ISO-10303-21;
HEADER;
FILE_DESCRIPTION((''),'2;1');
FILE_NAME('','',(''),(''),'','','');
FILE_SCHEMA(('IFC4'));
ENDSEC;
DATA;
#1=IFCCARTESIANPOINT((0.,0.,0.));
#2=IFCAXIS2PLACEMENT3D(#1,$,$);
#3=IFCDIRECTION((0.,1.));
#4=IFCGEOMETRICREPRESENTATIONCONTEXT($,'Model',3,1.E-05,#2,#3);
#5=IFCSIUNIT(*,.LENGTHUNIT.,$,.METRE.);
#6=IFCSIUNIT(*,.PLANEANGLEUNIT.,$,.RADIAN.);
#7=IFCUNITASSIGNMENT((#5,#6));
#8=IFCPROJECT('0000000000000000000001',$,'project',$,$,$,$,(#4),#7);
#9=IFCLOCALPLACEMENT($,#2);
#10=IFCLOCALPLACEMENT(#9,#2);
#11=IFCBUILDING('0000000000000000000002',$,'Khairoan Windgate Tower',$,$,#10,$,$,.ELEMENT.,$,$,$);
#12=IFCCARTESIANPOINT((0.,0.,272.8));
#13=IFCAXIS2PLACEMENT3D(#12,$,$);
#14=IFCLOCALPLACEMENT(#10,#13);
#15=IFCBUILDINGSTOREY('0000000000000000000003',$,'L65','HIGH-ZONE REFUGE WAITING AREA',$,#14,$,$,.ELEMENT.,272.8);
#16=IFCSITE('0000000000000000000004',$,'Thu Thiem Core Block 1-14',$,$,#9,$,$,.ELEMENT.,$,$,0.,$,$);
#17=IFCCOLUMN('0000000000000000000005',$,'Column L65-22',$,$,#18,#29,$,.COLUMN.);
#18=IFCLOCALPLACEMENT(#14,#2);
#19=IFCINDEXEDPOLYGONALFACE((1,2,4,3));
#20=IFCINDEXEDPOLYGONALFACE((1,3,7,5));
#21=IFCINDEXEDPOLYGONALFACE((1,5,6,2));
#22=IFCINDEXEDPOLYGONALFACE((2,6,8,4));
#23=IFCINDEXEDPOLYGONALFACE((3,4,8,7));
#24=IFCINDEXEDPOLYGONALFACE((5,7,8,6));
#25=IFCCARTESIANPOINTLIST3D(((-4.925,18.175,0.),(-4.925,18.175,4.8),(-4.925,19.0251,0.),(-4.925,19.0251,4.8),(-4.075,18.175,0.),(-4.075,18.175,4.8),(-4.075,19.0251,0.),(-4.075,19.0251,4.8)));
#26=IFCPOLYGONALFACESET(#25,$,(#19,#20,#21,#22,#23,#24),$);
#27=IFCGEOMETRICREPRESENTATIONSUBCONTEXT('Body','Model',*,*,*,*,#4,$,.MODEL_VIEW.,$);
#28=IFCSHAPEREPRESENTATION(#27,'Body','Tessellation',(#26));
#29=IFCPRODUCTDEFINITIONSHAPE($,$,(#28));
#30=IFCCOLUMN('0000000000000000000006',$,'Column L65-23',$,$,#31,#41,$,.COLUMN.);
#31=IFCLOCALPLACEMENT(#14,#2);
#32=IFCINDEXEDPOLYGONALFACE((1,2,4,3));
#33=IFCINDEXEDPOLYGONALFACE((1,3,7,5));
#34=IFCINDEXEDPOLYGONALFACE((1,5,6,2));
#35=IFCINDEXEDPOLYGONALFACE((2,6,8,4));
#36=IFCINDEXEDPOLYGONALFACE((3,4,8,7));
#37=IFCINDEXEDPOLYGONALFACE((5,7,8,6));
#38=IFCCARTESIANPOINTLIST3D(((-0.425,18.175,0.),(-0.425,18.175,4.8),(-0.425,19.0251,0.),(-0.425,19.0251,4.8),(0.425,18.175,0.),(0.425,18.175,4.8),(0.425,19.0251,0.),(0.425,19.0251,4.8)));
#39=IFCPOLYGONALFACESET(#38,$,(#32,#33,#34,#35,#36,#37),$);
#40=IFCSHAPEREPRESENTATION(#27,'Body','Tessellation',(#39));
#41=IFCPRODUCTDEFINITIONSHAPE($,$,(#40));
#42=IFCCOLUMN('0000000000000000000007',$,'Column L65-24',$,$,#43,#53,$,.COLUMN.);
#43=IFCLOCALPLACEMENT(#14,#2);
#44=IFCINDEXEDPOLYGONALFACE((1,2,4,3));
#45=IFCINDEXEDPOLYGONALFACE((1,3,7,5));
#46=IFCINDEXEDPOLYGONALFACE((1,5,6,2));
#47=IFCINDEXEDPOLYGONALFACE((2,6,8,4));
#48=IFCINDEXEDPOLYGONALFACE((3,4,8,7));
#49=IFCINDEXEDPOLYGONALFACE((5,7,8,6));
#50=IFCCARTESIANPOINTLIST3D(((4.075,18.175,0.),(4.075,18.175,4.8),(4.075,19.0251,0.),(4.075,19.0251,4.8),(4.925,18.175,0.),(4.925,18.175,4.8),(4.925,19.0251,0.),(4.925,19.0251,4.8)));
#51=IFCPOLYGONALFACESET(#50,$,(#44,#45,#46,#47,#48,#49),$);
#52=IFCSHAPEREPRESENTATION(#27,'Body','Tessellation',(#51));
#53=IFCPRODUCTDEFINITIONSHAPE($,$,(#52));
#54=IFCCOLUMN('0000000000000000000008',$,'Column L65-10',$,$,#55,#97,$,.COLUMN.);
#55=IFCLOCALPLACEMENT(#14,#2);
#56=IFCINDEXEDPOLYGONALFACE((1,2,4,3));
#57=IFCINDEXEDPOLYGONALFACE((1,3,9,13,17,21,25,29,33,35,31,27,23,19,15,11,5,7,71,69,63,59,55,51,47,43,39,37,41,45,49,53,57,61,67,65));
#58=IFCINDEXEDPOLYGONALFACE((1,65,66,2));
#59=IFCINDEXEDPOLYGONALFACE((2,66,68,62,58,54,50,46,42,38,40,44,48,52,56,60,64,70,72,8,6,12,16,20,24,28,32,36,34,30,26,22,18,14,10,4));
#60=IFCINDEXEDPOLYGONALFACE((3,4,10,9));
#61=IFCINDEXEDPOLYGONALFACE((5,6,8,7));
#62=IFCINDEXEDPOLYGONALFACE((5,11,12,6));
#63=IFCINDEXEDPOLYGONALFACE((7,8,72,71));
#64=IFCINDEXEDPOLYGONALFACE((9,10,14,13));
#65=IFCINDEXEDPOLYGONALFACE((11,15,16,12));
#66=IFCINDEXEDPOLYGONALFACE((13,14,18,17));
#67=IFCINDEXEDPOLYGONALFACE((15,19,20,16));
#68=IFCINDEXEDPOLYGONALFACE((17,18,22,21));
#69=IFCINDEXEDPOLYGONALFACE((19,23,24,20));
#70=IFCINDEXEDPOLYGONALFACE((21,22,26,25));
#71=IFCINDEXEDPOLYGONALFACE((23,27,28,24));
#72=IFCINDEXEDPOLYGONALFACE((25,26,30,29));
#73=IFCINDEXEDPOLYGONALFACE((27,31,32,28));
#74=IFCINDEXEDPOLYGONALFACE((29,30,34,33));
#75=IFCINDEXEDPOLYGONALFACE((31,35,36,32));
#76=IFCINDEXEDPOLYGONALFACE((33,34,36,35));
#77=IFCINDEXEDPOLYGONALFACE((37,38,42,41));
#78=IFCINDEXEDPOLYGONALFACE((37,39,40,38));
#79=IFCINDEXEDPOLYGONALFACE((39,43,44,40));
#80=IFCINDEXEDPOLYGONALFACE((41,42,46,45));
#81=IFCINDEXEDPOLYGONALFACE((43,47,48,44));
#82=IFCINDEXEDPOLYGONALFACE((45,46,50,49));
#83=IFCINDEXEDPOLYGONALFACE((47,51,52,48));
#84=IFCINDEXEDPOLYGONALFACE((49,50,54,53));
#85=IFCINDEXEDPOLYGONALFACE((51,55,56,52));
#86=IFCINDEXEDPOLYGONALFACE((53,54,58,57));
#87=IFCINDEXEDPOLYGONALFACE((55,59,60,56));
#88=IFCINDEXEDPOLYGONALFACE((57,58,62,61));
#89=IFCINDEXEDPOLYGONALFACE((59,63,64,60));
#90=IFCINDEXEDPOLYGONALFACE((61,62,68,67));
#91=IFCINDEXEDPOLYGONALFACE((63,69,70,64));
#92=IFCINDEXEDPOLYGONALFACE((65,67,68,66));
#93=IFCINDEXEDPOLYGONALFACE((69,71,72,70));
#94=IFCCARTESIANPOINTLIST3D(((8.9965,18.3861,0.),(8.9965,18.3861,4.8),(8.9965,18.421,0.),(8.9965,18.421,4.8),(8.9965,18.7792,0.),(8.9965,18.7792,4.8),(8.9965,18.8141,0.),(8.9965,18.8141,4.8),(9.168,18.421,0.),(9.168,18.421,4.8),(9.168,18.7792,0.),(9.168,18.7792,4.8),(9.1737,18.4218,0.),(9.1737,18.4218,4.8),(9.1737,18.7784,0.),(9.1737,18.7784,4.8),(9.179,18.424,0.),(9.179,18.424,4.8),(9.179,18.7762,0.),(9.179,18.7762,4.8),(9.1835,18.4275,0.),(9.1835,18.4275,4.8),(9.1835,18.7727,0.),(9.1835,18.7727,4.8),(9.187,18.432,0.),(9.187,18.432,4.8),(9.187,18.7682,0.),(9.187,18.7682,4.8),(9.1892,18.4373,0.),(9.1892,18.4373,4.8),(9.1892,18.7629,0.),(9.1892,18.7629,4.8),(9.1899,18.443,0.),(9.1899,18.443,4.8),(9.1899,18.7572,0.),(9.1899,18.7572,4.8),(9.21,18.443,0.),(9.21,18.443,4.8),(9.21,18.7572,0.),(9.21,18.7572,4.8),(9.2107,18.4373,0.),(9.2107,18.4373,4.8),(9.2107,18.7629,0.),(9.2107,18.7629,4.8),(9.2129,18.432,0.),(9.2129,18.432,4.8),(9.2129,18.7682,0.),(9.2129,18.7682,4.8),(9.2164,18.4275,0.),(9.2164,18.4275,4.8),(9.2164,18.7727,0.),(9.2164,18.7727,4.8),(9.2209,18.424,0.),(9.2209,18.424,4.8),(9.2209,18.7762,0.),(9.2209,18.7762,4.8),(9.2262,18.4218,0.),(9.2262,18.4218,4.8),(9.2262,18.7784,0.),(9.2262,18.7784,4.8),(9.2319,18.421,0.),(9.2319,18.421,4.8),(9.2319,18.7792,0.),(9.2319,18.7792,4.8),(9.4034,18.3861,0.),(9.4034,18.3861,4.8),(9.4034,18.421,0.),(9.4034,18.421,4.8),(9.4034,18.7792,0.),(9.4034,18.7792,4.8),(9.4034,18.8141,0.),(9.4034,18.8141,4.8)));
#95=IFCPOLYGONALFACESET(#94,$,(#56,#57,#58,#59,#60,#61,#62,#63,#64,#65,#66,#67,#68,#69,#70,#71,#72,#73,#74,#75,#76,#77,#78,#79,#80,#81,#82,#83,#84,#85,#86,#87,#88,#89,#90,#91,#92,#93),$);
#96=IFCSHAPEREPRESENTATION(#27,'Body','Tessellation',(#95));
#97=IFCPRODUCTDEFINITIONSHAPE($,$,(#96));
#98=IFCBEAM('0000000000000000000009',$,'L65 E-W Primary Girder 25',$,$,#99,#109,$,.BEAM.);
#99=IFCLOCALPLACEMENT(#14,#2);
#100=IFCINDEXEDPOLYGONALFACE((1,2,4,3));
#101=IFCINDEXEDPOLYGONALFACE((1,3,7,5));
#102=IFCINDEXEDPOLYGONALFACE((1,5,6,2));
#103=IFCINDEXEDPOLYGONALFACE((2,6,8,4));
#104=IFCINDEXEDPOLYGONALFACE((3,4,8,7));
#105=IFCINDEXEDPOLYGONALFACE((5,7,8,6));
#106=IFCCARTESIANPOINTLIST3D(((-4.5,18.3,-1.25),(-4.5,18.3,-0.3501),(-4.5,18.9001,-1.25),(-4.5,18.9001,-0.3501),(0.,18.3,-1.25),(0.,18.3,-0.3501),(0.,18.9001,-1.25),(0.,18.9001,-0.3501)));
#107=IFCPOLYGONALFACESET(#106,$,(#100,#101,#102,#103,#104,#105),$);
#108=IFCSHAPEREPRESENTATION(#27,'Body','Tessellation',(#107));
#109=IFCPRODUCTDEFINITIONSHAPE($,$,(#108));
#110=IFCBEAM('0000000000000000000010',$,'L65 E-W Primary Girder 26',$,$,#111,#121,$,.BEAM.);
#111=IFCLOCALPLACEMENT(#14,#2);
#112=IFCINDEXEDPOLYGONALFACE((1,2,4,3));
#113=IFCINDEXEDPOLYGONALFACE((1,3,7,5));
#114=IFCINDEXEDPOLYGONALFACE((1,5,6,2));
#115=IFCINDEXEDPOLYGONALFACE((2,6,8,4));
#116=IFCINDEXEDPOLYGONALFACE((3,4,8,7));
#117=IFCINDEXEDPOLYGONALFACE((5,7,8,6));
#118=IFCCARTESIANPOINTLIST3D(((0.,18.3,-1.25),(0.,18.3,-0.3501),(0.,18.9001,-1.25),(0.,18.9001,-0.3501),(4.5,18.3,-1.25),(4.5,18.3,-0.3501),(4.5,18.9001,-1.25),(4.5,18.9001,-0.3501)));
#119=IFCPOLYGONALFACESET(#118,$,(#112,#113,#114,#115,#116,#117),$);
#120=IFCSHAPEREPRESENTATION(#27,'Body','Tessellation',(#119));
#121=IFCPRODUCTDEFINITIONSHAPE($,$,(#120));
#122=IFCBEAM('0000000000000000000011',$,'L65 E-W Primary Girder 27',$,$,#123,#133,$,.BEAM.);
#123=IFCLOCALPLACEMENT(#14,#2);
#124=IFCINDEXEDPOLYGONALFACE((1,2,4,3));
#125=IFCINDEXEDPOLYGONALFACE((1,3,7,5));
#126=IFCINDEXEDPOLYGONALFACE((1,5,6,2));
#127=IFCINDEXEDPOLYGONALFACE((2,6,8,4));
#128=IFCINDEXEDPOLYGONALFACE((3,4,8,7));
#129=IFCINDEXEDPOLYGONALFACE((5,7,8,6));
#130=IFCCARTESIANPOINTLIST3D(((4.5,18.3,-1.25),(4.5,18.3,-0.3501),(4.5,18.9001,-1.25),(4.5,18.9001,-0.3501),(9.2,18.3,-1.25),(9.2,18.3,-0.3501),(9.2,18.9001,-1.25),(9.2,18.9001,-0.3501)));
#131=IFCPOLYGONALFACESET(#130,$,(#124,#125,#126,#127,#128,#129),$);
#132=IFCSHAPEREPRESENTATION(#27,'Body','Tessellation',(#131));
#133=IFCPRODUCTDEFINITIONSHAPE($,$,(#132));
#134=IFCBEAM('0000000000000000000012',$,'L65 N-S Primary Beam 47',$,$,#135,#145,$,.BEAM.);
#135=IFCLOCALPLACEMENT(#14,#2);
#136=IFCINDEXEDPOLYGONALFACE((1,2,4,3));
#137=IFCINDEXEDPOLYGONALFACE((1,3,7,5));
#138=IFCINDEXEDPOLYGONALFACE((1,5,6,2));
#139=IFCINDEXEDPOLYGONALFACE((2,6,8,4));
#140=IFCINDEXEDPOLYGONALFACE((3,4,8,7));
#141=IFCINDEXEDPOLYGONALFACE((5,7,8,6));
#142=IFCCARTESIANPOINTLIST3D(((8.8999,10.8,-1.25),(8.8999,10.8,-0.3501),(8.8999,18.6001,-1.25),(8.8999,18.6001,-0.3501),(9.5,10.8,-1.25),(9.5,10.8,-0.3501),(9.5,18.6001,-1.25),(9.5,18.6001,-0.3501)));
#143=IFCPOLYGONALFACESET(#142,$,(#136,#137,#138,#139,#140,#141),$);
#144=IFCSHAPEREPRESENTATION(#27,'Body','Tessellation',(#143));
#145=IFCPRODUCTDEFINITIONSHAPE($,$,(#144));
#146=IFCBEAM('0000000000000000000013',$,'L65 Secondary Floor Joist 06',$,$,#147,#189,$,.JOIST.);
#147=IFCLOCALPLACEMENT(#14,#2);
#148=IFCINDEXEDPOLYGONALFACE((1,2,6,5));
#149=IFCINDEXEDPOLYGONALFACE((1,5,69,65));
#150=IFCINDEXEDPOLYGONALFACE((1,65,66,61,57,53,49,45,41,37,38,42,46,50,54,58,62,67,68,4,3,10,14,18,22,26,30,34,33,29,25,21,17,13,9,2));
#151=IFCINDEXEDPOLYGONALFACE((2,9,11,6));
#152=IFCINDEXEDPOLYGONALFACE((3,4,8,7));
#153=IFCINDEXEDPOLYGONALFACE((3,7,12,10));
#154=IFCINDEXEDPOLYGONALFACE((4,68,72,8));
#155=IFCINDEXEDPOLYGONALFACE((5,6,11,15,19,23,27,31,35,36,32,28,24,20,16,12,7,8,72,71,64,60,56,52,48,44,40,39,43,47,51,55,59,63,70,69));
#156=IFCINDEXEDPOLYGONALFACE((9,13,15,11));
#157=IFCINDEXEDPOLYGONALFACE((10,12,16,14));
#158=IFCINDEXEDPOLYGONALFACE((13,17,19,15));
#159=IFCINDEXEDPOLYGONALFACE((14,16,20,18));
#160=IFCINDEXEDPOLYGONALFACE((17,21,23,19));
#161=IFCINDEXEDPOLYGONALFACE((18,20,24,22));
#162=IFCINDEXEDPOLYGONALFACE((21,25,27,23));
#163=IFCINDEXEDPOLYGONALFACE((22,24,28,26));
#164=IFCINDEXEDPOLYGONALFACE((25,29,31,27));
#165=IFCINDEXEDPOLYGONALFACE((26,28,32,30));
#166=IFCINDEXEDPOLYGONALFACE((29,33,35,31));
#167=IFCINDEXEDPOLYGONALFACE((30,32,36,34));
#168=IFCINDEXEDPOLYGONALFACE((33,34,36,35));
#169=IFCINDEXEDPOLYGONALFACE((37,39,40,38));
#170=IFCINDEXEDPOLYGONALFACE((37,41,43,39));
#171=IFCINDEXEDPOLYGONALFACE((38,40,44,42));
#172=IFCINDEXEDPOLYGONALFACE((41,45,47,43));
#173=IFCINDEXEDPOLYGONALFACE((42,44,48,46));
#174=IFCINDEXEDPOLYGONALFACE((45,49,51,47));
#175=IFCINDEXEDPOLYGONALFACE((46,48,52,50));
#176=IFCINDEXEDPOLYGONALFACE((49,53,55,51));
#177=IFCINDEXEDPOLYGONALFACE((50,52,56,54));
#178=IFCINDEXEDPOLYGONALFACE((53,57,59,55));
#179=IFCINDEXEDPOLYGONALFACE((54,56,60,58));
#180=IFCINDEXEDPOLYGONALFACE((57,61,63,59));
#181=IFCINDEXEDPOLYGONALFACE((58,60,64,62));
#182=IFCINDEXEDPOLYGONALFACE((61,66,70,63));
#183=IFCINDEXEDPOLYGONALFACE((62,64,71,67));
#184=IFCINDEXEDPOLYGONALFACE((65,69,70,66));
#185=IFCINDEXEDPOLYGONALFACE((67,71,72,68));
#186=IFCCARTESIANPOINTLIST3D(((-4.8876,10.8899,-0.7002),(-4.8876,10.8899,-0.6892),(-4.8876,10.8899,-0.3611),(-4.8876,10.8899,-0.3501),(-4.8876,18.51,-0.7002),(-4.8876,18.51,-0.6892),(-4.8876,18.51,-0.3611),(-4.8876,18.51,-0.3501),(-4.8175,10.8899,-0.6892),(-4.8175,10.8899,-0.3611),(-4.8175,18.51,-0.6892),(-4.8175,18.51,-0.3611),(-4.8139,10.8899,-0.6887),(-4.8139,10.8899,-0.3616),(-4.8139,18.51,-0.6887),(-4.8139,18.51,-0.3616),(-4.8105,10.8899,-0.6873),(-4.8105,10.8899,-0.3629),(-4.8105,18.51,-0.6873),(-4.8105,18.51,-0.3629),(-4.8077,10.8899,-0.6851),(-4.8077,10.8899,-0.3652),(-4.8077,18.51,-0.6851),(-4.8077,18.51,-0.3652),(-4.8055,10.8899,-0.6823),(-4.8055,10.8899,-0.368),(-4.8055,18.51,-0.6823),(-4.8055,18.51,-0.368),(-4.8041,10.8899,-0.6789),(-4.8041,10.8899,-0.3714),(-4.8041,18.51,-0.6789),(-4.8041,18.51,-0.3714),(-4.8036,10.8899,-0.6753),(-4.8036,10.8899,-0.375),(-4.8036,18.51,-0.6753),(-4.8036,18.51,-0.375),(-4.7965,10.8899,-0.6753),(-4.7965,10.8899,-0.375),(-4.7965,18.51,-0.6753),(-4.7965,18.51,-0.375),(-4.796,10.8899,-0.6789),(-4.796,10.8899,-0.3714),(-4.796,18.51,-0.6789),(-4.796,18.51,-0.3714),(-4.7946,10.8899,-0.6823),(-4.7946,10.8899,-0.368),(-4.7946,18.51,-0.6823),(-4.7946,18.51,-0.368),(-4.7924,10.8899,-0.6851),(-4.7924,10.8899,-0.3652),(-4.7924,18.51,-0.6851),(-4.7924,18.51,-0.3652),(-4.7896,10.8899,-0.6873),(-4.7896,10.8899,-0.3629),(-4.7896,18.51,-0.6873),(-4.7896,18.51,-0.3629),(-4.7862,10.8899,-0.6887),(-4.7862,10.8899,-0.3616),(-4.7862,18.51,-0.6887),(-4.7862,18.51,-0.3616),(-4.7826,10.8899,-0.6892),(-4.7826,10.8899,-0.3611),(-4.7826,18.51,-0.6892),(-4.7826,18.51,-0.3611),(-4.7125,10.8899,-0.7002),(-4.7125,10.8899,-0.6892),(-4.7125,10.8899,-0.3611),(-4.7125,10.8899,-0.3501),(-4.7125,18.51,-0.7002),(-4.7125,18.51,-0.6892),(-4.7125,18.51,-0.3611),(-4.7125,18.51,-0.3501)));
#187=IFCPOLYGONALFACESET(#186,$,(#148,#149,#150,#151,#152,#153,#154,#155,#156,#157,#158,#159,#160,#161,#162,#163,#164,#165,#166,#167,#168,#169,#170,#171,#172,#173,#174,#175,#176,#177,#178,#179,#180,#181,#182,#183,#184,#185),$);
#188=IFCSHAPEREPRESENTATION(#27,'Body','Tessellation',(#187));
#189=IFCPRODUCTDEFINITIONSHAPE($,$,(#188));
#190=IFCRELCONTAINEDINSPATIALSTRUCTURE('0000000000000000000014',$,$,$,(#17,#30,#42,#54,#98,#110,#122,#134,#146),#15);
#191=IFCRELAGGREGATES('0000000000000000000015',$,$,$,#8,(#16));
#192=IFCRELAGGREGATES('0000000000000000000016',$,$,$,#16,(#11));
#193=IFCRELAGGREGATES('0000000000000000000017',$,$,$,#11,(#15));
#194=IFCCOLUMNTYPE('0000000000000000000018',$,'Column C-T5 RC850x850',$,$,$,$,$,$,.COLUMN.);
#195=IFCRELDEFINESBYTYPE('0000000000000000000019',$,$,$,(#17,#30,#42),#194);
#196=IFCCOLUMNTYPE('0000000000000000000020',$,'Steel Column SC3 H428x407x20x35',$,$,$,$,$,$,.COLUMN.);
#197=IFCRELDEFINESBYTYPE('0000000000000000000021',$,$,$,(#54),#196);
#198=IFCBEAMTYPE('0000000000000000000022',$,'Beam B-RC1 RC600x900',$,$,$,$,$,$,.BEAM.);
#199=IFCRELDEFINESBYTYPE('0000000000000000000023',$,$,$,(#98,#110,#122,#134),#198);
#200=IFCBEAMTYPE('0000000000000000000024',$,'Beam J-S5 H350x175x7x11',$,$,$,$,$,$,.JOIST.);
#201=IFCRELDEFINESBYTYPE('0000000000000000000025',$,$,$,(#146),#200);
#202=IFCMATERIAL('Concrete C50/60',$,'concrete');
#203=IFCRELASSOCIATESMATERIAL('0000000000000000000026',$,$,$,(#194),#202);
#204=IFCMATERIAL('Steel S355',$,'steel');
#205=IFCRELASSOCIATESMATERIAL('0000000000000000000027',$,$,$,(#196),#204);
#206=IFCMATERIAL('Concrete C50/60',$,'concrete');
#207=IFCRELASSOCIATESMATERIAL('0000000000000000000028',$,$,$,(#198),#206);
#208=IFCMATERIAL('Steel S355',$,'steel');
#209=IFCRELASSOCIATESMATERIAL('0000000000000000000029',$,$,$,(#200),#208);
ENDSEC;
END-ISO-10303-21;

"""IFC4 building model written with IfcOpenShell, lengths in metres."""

from ifc_helpers import new_model, si_unit, direction, frame, origin, origin_2d, place, context, subcontext, project, spatial, rectangle, i_section, extrude, material, material_profile, profile_set, type_object, element, save


model = new_model("IFC4")

# Units and contexts
model_context = context("Model", 3, precision=1e-05, world=origin(), true_north=direction((0.0, 1.0)))
body_context = subcontext(model_context, "Body", "Model", "MODEL_VIEW")
ifc_project = project(units=[si_unit("LENGTHUNIT", "METRE"), si_unit("PLANEANGLEUNIT", "RADIAN")], contexts=[model_context])

# Site, building, storey
site_placement = place(None, origin())
site = spatial("IfcSite", under=ifc_project, at=site_placement, Name="Thu Thiem Core Block 1-14", CompositionType="ELEMENT", RefElevation=0.0)
building_placement = place(site_placement, origin())
building = spatial("IfcBuilding", under=site, at=building_placement, Name="Khairoan Windgate Tower", CompositionType="ELEMENT")
storey_placement = place(building_placement, frame((0.0, 0.0, 272.8)))
storey = spatial("IfcBuildingStorey", under=building, at=storey_placement, Name="L65", Description="HIGH-ZONE REFUGE WAITING AREA", CompositionType="ELEMENT", Elevation=272.8)

# Columns
ifc_material_1 = material(Name="Concrete C50/60", Category="concrete")
ifc_material_profile_1 = material_profile(ifc_material_1, rectangle(XDim=0.8501, YDim=0.8501, at=origin_2d()))
ifc_profile_set_1 = profile_set([ifc_material_profile_1], Name="Concrete C50/60")
column_type_1 = type_object("IfcColumnType", Name="Column C-T5 RC850x850", PredefinedType="COLUMN", material=ifc_profile_set_1)
for number, where, z_axis, x_axis, name in (
    (1, (-4.5, 18.6001, 0.0), (0.0, 0.0, 1.0), (1.0, 0.0, 0.0), "Column L65-22"),
    (2, (0.0, 18.6001, 0.0), (0.0, 0.0, 1.0), (1.0, 0.0, 0.0), "Column L65-23"),
    (3, (4.5, 18.6001, 0.0), (0.0, 0.0, 1.0), (1.0, 0.0, 0.0), "Column L65-24"),
):
    element("IfcColumn", number, at=place(storey_placement, frame(where, z_axis=z_axis, x_axis=x_axis)), inside=storey, type_object=column_type_1, Name=name, PredefinedType="COLUMN", context=body_context, shape_type="SweptSolid", body=[
        extrude(rectangle(XDim=0.8501, YDim=0.8501, at=origin_2d()), origin(), (0.0, 0.0, 1.0), 4.8),
    ])
ifc_material_2 = material(Name="Steel S355", Category="steel")
ifc_material_profile_2 = material_profile(ifc_material_2, i_section(OverallWidth=0.407, OverallDepth=0.428, WebThickness=0.02, FlangeThickness=0.0349, FilletRadius=0.022, at=origin_2d()))
ifc_profile_set_2 = profile_set([ifc_material_profile_2], Name="Steel S355")
column_type_2 = type_object("IfcColumnType", Name="Steel Column SC3 H428x407x20x35", PredefinedType="COLUMN", material=ifc_profile_set_2)
column_placement = place(storey_placement, frame((9.2, 18.6001, 0.0), z_axis=(0.0, 0.0, 1.0), x_axis=(1.0, 0.0, 0.0)))
element("IfcColumn", 4, at=column_placement, inside=storey, type_object=column_type_2, Name="Column L65-10", PredefinedType="COLUMN", context=body_context, shape_type="SweptSolid", body=[
    extrude(i_section(OverallWidth=0.407, OverallDepth=0.428, WebThickness=0.02, FlangeThickness=0.0349, FilletRadius=0.022, at=origin_2d()), origin(), (0.0, 0.0, 1.0), 4.8),
])

# Beams
ifc_material_3 = material(Name="Concrete C50/60", Category="concrete")
ifc_material_profile_3 = material_profile(ifc_material_3, rectangle(XDim=0.6001, YDim=0.8999, at=origin_2d()))
ifc_profile_set_3 = profile_set([ifc_material_profile_3], Name="Concrete C50/60")
beam_type_1 = type_object("IfcBeamType", Name="Beam B-RC1 RC600x900", PredefinedType="BEAM", material=ifc_profile_set_3)
for number, where, z_axis, x_axis, name in (
    (5, (-4.5, 18.6001, -0.8), (1.0, 0.0, 0.0), (0.0, 1.0, 0.0), "L65 E-W Primary Girder 25"),
    (6, (0.0, 18.6001, -0.8), (1.0, 0.0, 0.0), (0.0, 1.0, 0.0), "L65 E-W Primary Girder 26"),
):
    element("IfcBeam", number, at=place(storey_placement, frame(where, z_axis=z_axis, x_axis=x_axis)), inside=storey, type_object=beam_type_1, Name=name, PredefinedType="BEAM", context=body_context, shape_type="SweptSolid", body=[
        extrude(rectangle(XDim=0.6001, YDim=0.8999, at=origin_2d()), origin(), (0.0, 0.0, 1.0), 4.5),
    ])
beam_1_placement = place(storey_placement, frame((4.5, 18.6001, -0.8), z_axis=(1.0, 0.0, 0.0), x_axis=(0.0, 1.0, 0.0)))
element("IfcBeam", 7, at=beam_1_placement, inside=storey, type_object=beam_type_1, Name="L65 E-W Primary Girder 27", PredefinedType="BEAM", context=body_context, shape_type="SweptSolid", body=[
    extrude(rectangle(XDim=0.6001, YDim=0.8999, at=origin_2d()), origin(), (0.0, 0.0, 1.0), 4.7),
])
beam_2_placement = place(storey_placement, frame((9.2, 10.8, -0.8), z_axis=(0.0, 1.0, 0.0), x_axis=(-1.0, 0.0, 0.0)))
element("IfcBeam", 8, at=beam_2_placement, inside=storey, type_object=beam_type_1, Name="L65 N-S Primary Beam 47", PredefinedType="BEAM", context=body_context, shape_type="SweptSolid", body=[
    extrude(rectangle(XDim=0.6001, YDim=0.8999, at=origin_2d()), origin(), (0.0, 0.0, 1.0), 7.8),
])
ifc_material_4 = material(Name="Steel S355", Category="steel")
ifc_material_profile_4 = material_profile(ifc_material_4, i_section(OverallWidth=0.175, OverallDepth=0.3501, WebThickness=0.0071, FlangeThickness=0.011, FilletRadius=0.0139, at=origin_2d()))
ifc_profile_set_4 = profile_set([ifc_material_profile_4], Name="Steel S355")
beam_type_2 = type_object("IfcBeamType", Name="Beam J-S5 H350x175x7x11", PredefinedType="JOIST", material=ifc_profile_set_4)
for number, where, z_axis, x_axis, name in (
    (9, (-4.8, 10.8899, -0.5251), (0.0, 1.0, 0.0), (-1.0, 0.0, 0.0), "L65 Secondary Floor Joist 06"),
):
    element("IfcBeam", number, at=place(storey_placement, frame(where, z_axis=z_axis, x_axis=x_axis)), inside=storey, type_object=beam_type_2, Name=name, PredefinedType="JOIST", context=body_context, shape_type="SweptSolid", body=[
        extrude(i_section(OverallWidth=0.175, OverallDepth=0.3501, WebThickness=0.0071, FlangeThickness=0.011, FilletRadius=0.0139, at=origin_2d()), origin(), (0.0, 0.0, 1.0), 7.6201),
    ])

save(model, "model.ifc")
